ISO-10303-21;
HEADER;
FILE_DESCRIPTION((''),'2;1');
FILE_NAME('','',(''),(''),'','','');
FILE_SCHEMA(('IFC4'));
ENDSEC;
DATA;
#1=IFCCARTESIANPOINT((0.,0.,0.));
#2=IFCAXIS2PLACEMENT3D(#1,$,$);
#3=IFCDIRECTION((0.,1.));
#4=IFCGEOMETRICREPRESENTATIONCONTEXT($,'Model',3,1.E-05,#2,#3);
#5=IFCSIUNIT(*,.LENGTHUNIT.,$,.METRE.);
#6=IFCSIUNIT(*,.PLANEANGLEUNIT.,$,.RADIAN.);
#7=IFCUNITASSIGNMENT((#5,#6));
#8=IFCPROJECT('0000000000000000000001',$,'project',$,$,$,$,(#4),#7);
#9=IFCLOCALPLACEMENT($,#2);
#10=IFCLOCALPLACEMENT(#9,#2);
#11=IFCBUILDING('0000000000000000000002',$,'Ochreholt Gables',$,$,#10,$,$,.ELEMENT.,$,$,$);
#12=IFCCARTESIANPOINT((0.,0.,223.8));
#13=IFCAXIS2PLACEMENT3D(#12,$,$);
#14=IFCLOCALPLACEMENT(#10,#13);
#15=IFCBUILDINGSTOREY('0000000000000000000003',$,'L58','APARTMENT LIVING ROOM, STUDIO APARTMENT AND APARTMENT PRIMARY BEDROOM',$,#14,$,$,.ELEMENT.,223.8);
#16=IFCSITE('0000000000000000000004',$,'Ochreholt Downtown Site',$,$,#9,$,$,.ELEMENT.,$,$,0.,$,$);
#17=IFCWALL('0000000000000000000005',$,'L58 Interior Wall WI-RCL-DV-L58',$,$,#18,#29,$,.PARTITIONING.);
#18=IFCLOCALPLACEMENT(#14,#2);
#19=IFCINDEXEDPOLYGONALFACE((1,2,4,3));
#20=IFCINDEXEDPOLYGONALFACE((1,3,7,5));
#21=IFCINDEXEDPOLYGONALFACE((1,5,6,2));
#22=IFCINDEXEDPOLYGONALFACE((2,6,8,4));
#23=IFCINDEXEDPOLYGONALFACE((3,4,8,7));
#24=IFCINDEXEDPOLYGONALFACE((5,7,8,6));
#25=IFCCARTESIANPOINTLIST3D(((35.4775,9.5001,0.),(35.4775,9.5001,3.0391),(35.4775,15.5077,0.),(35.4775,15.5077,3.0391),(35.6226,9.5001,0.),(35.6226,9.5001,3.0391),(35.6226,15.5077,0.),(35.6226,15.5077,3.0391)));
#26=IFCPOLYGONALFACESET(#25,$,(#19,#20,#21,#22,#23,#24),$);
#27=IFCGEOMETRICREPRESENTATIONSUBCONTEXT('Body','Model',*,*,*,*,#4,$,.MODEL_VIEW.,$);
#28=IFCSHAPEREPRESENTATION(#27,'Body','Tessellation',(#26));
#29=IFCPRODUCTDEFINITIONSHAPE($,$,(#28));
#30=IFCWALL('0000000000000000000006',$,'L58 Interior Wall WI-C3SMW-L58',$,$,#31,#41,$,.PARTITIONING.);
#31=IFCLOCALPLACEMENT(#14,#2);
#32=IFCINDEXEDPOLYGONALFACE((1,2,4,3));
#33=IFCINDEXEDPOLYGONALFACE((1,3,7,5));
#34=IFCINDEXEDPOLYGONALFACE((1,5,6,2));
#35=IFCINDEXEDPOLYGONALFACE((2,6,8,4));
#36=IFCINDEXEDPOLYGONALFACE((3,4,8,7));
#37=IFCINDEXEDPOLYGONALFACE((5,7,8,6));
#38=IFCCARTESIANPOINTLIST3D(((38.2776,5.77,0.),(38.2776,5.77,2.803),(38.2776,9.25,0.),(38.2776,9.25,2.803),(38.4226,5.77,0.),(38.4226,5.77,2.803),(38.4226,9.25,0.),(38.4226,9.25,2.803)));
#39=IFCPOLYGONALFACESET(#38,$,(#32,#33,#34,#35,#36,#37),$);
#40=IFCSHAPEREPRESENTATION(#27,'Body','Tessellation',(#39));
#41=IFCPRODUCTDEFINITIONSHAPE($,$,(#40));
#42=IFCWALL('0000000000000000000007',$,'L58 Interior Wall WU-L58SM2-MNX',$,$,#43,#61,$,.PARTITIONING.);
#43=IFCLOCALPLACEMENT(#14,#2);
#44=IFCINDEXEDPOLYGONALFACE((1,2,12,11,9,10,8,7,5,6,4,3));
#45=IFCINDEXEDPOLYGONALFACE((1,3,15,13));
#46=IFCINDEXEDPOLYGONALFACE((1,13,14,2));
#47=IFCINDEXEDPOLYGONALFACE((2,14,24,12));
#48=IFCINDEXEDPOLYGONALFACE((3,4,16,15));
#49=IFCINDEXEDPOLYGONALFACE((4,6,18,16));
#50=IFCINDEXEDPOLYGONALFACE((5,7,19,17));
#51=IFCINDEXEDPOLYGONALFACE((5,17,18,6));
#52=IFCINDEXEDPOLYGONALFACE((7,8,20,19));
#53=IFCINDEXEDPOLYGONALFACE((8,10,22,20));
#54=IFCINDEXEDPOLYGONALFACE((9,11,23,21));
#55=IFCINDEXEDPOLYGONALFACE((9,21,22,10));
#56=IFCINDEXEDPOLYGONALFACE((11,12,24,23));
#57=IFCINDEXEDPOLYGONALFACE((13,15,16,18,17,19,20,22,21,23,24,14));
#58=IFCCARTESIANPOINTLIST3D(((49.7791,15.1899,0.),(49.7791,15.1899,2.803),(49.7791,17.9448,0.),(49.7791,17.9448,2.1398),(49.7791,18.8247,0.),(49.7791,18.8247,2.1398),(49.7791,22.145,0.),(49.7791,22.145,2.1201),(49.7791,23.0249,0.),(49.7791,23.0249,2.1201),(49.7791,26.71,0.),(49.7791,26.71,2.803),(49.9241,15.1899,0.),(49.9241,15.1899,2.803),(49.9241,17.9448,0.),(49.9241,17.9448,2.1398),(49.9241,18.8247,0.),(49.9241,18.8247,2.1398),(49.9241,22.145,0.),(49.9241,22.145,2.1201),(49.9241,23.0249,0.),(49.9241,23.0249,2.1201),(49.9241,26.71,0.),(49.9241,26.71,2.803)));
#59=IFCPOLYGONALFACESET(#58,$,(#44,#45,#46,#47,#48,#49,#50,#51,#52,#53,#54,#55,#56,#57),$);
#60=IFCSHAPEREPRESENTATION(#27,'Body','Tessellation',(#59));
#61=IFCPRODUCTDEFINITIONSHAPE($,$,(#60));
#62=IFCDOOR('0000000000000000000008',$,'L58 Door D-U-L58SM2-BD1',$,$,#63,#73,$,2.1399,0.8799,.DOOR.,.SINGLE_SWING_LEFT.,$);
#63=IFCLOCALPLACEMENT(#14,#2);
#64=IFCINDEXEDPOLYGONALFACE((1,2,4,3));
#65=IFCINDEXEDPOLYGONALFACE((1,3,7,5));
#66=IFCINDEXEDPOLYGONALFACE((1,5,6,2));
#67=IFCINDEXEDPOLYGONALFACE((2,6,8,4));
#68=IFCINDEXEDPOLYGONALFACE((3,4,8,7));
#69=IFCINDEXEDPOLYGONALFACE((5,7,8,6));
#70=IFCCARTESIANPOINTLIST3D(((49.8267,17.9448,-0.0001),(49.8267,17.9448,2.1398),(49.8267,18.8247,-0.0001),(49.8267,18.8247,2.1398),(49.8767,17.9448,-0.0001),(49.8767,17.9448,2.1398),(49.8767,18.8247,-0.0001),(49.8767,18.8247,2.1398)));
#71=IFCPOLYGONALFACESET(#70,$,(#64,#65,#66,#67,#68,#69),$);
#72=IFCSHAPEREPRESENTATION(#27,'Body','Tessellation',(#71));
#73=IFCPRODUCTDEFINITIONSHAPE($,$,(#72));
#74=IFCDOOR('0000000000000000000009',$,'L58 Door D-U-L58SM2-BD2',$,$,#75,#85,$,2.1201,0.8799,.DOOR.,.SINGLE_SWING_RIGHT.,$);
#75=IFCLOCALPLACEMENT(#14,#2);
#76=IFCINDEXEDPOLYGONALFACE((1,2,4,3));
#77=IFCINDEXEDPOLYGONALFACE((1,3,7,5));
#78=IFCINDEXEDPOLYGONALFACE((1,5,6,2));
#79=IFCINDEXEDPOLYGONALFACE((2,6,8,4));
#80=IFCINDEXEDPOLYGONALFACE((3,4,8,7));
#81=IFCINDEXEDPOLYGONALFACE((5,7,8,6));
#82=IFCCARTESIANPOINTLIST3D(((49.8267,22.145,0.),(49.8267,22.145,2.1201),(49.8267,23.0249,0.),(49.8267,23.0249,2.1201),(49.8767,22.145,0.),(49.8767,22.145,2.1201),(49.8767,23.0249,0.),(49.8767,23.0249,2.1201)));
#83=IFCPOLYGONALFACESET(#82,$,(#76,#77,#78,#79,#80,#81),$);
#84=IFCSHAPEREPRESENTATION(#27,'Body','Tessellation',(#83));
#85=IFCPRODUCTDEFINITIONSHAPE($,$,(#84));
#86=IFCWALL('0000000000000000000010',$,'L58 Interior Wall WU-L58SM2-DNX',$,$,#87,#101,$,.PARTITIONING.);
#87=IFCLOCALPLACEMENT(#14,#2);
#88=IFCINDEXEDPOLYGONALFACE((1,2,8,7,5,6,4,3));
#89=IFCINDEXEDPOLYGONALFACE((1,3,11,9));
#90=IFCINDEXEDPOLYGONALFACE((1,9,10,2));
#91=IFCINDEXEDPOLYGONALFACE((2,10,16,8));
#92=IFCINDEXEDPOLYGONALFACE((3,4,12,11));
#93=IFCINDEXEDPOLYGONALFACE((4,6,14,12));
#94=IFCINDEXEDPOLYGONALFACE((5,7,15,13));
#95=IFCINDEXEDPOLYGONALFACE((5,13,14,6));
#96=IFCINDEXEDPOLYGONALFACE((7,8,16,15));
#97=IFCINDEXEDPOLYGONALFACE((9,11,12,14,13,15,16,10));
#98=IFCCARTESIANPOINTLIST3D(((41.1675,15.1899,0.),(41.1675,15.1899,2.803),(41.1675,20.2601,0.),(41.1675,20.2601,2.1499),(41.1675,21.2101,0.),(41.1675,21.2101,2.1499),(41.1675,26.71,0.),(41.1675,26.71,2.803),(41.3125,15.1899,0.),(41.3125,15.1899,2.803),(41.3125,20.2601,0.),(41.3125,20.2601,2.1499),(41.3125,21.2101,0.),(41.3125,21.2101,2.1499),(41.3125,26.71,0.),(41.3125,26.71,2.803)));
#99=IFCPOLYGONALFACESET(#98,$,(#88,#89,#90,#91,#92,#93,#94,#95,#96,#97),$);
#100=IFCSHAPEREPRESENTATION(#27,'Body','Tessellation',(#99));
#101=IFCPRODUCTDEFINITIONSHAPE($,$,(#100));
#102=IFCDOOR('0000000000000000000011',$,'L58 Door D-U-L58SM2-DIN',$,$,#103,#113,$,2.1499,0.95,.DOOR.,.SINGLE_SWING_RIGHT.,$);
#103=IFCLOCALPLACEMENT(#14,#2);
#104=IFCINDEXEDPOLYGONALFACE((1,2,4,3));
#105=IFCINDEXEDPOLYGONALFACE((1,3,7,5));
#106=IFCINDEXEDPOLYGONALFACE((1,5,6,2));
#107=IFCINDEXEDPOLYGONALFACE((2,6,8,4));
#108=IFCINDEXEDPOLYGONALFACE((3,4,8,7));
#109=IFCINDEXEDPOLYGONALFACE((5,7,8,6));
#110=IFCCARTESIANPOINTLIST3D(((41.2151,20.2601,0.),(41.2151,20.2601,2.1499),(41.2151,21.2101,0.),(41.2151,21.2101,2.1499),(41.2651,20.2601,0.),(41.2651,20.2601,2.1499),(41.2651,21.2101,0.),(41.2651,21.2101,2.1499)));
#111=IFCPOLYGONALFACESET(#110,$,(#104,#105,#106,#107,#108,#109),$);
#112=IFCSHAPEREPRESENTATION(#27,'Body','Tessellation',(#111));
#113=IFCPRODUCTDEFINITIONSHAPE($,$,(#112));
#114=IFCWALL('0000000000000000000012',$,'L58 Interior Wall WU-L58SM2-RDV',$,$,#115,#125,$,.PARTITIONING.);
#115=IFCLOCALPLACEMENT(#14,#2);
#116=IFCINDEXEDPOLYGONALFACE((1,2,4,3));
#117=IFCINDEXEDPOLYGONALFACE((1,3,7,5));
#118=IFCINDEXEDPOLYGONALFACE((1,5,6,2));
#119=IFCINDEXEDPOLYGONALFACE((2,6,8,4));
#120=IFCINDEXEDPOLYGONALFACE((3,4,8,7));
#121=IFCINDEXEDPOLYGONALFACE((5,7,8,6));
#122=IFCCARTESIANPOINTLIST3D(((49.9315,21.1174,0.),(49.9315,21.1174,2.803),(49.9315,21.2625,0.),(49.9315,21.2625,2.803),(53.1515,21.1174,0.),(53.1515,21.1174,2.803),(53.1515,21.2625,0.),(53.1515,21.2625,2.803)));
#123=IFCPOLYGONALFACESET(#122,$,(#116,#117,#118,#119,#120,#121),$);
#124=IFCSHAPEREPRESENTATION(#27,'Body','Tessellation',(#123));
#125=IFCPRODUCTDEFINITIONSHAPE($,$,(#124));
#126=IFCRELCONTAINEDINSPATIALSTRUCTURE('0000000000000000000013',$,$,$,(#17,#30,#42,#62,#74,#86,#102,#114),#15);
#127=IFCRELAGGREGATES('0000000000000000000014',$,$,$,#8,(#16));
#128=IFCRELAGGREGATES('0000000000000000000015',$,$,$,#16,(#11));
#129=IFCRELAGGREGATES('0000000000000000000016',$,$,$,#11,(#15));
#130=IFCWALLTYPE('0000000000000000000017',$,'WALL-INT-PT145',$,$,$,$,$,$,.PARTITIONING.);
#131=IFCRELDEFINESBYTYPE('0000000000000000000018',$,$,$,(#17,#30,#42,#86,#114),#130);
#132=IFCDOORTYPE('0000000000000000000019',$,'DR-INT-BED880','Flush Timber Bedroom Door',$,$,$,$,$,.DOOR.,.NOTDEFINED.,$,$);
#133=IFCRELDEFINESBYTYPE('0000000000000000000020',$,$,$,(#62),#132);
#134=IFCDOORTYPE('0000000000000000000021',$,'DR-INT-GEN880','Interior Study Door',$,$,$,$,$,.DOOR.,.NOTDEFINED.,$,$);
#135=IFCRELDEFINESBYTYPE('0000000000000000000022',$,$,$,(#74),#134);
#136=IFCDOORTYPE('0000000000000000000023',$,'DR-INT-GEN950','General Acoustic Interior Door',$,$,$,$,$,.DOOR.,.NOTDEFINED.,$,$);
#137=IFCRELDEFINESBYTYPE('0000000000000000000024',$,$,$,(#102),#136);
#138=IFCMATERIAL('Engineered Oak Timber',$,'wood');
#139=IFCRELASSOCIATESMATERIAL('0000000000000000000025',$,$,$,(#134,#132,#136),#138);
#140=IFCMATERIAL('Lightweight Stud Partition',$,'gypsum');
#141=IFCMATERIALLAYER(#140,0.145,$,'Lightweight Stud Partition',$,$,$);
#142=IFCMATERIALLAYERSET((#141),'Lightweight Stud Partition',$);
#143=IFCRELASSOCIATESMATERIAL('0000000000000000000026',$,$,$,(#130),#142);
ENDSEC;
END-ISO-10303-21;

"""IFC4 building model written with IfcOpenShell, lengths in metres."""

from ifc_helpers import new_model, si_unit, direction, frame, frame_2d, origin, place, context, subcontext, project, spatial, rectangle, extrude, material, layer, layer_set, type_object, element, fill, save


model = new_model("IFC4")

# Units and contexts
model_context = context("Model", 3, precision=1e-05, world=origin(), true_north=direction((0.0, 1.0)))
body_context = subcontext(model_context, "Body", "Model", "MODEL_VIEW")
ifc_project = project(units=[si_unit("LENGTHUNIT", "METRE"), si_unit("PLANEANGLEUNIT", "RADIAN")], contexts=[model_context])

# Site, building, storey
site_placement = place(None, origin())
site = spatial("IfcSite", under=ifc_project, at=site_placement, Name="Ochreholt Downtown Site", CompositionType="ELEMENT", RefElevation=0.0)
building_placement = place(site_placement, origin())
building = spatial("IfcBuilding", under=site, at=building_placement, Name="Ochreholt Gables", CompositionType="ELEMENT")
storey_placement = place(building_placement, frame((0.0, 0.0, 223.8)))
storey = spatial("IfcBuildingStorey", under=building, at=storey_placement, Name="L58", Description="APARTMENT LIVING ROOM, STUDIO APARTMENT AND APARTMENT PRIMARY BEDROOM", CompositionType="ELEMENT", Elevation=223.8)

# Shared definitions
ifc_material_1 = material(Name="Engineered Oak Timber", Category="wood")
door_type_1 = type_object("IfcDoorType", Name="DR-INT-GEN880", Description="Interior Study Door", OperationType="NOTDEFINED", PredefinedType="DOOR", material=ifc_material_1)

# Walls
ifc_material_2 = material(Name="Lightweight Stud Partition", Category="gypsum")
ifc_layer_1 = layer(ifc_material_2, 0.145, Name="Lightweight Stud Partition")
ifc_layer_set_1 = layer_set([ifc_layer_1], Name="Lightweight Stud Partition")
wall_type_1 = type_object("IfcWallType", Name="WALL-INT-PT145", PredefinedType="PARTITIONING", material=ifc_layer_set_1)
wall_1_placement = place(storey_placement, frame((35.55, 9.5, 0.0), z_axis=(0.0, 0.0, 1.0), x_axis=(0.0, 1.0, 0.0)))
element("IfcWall", 1, at=wall_1_placement, inside=storey, type_object=wall_type_1, Name="L58 Interior Wall WI-RCL-DV-L58", PredefinedType="PARTITIONING", context=body_context, shape_type="SweptSolid", body=[
    extrude(rectangle(XDim=6.0076, YDim=0.145, at=frame_2d((3.0039, 0.0))), origin(), (0.0, 0.0, 1.0), 3.0391),
])
wall_2_placement = place(storey_placement, frame((38.3501, 5.77, 0.0), z_axis=(0.0, 0.0, 1.0), x_axis=(0.0, 1.0, 0.0)))
element("IfcWall", 2, at=wall_2_placement, inside=storey, type_object=wall_type_1, Name="L58 Interior Wall WI-C3SMW-L58", PredefinedType="PARTITIONING", context=body_context, shape_type="SweptSolid", body=[
    extrude(rectangle(XDim=3.48, YDim=0.145, at=frame_2d((1.74, 0.0))), origin(), (0.0, 0.0, 1.0), 2.803),
])

# Wall, openings, doors
wall_3_placement = place(storey_placement, frame((49.8516, 15.1899, 0.0), z_axis=(0.0, 0.0, 1.0), x_axis=(0.0, 1.0, 0.0)))
wall_3 = element("IfcWall", 3, at=wall_3_placement, inside=storey, type_object=wall_type_1, Name="L58 Interior Wall WU-L58SM2-MNX", PredefinedType="PARTITIONING", context=body_context, shape_type="SweptSolid", body=[
    extrude(rectangle(XDim=11.52, YDim=0.145, at=frame_2d((5.76, 0.0))), origin(), (0.0, 0.0, 1.0), 2.803),
])
opening_1_placement = place(wall_3_placement, frame((2.7549, 0.0, 0.0)))
opening_1 = element("IfcOpeningElement", 4, at=opening_1_placement, cuts=wall_3, PredefinedType="OPENING", context=body_context, shape_type="SweptSolid", body=[
    extrude(rectangle(XDim=0.8799, YDim=2.1399, at=frame_2d((0.4399, 1.0698))), frame((0.0, 0.0825, 0.0), z_axis=(0.0, -1.0, 0.0), x_axis=(1.0, 0.0, 0.0)), (0.0, 0.0, 1.0), 0.165),
])
opening_2_placement = place(wall_3_placement, frame((6.9551, 0.0, 0.0)))
opening_2 = element("IfcOpeningElement", 5, at=opening_2_placement, cuts=wall_3, PredefinedType="OPENING", context=body_context, shape_type="SweptSolid", body=[
    extrude(rectangle(XDim=0.8799, YDim=2.1201, at=frame_2d((0.4399, 1.0601))), frame((0.0, 0.0825, 0.0), z_axis=(0.0, -1.0, 0.0), x_axis=(1.0, 0.0, 0.0)), (0.0, 0.0, 1.0), 0.165),
])
door_type_2 = type_object("IfcDoorType", Name="DR-INT-BED880", Description="Flush Timber Bedroom Door", OperationType="NOTDEFINED", PredefinedType="DOOR", material=ifc_material_1)
door_1_placement = place(opening_1_placement, origin())
door_1 = element("IfcDoor", 6, at=door_1_placement, inside=storey, type_object=door_type_2, Name="L58 Door D-U-L58SM2-BD1", OperationType="SINGLE_SWING_LEFT", OverallHeight=2.1399, OverallWidth=0.8799, PredefinedType="DOOR", context=body_context, shape_type="SweptSolid", body=[
    extrude(rectangle(XDim=0.8799, YDim=2.1399, at=frame_2d((0.4399, 1.0698))), frame((0.0, 0.0249, 0.0), z_axis=(0.0, -1.0, 0.0), x_axis=(1.0, 0.0, 0.0)), (0.0, 0.0, 1.0), 0.05),
])
fill(opening_1, door_1)
door_2_placement = place(opening_2_placement, origin())
door_2 = element("IfcDoor", 7, at=door_2_placement, inside=storey, type_object=door_type_1, Name="L58 Door D-U-L58SM2-BD2", OperationType="SINGLE_SWING_RIGHT", OverallHeight=2.1201, OverallWidth=0.8799, PredefinedType="DOOR", context=body_context, shape_type="SweptSolid", body=[
    extrude(rectangle(XDim=0.8799, YDim=2.1201, at=frame_2d((0.4399, 1.0601))), frame((0.0, 0.0249, 0.0), z_axis=(0.0, -1.0, 0.0), x_axis=(1.0, 0.0, 0.0)), (0.0, 0.0, 1.0), 0.05),
])
fill(opening_2, door_2)

# Wall, opening, door
wall_4_placement = place(storey_placement, frame((41.24, 15.1899, 0.0), z_axis=(0.0, 0.0, 1.0), x_axis=(0.0, 1.0, 0.0)))
wall_4 = element("IfcWall", 8, at=wall_4_placement, inside=storey, type_object=wall_type_1, Name="L58 Interior Wall WU-L58SM2-DNX", PredefinedType="PARTITIONING", context=body_context, shape_type="SweptSolid", body=[
    extrude(rectangle(XDim=11.52, YDim=0.145, at=frame_2d((5.76, 0.0))), origin(), (0.0, 0.0, 1.0), 2.803),
])
opening_3_placement = place(wall_4_placement, frame((5.0701, 0.0, 0.0)))
opening_3 = element("IfcOpeningElement", 9, at=opening_3_placement, cuts=wall_4, PredefinedType="OPENING", context=body_context, shape_type="SweptSolid", body=[
    extrude(rectangle(XDim=0.95, YDim=2.1499, at=frame_2d((0.4751, 1.075))), frame((0.0, 0.0825, 0.0), z_axis=(0.0, -1.0, 0.0), x_axis=(1.0, 0.0, 0.0)), (0.0, 0.0, 1.0), 0.165),
])
door_type_3 = type_object("IfcDoorType", Name="DR-INT-GEN950", Description="General Acoustic Interior Door", OperationType="NOTDEFINED", PredefinedType="DOOR", material=ifc_material_1)
door_3_placement = place(opening_3_placement, origin())
door_3 = element("IfcDoor", 10, at=door_3_placement, inside=storey, type_object=door_type_3, Name="L58 Door D-U-L58SM2-DIN", OperationType="SINGLE_SWING_RIGHT", OverallHeight=2.1499, OverallWidth=0.95, PredefinedType="DOOR", context=body_context, shape_type="SweptSolid", body=[
    extrude(rectangle(XDim=0.95, YDim=2.1499, at=frame_2d((0.4751, 1.075))), frame((0.0, 0.0249, 0.0), z_axis=(0.0, -1.0, 0.0), x_axis=(1.0, 0.0, 0.0)), (0.0, 0.0, 1.0), 0.05),
])
fill(opening_3, door_3)

# Wall
wall_5_placement = place(storey_placement, frame((49.9316, 21.1899, 0.0), z_axis=(0.0, 0.0, 1.0), x_axis=(1.0, 0.0, 0.0)))
element("IfcWall", 11, at=wall_5_placement, inside=storey, type_object=wall_type_1, Name="L58 Interior Wall WU-L58SM2-RDV", PredefinedType="PARTITIONING", context=body_context, shape_type="SweptSolid", body=[
    extrude(rectangle(XDim=3.22, YDim=0.145, at=frame_2d((1.6099, 0.0))), origin(), (0.0, 0.0, 1.0), 2.803),
])

save(model, "model.ifc")
